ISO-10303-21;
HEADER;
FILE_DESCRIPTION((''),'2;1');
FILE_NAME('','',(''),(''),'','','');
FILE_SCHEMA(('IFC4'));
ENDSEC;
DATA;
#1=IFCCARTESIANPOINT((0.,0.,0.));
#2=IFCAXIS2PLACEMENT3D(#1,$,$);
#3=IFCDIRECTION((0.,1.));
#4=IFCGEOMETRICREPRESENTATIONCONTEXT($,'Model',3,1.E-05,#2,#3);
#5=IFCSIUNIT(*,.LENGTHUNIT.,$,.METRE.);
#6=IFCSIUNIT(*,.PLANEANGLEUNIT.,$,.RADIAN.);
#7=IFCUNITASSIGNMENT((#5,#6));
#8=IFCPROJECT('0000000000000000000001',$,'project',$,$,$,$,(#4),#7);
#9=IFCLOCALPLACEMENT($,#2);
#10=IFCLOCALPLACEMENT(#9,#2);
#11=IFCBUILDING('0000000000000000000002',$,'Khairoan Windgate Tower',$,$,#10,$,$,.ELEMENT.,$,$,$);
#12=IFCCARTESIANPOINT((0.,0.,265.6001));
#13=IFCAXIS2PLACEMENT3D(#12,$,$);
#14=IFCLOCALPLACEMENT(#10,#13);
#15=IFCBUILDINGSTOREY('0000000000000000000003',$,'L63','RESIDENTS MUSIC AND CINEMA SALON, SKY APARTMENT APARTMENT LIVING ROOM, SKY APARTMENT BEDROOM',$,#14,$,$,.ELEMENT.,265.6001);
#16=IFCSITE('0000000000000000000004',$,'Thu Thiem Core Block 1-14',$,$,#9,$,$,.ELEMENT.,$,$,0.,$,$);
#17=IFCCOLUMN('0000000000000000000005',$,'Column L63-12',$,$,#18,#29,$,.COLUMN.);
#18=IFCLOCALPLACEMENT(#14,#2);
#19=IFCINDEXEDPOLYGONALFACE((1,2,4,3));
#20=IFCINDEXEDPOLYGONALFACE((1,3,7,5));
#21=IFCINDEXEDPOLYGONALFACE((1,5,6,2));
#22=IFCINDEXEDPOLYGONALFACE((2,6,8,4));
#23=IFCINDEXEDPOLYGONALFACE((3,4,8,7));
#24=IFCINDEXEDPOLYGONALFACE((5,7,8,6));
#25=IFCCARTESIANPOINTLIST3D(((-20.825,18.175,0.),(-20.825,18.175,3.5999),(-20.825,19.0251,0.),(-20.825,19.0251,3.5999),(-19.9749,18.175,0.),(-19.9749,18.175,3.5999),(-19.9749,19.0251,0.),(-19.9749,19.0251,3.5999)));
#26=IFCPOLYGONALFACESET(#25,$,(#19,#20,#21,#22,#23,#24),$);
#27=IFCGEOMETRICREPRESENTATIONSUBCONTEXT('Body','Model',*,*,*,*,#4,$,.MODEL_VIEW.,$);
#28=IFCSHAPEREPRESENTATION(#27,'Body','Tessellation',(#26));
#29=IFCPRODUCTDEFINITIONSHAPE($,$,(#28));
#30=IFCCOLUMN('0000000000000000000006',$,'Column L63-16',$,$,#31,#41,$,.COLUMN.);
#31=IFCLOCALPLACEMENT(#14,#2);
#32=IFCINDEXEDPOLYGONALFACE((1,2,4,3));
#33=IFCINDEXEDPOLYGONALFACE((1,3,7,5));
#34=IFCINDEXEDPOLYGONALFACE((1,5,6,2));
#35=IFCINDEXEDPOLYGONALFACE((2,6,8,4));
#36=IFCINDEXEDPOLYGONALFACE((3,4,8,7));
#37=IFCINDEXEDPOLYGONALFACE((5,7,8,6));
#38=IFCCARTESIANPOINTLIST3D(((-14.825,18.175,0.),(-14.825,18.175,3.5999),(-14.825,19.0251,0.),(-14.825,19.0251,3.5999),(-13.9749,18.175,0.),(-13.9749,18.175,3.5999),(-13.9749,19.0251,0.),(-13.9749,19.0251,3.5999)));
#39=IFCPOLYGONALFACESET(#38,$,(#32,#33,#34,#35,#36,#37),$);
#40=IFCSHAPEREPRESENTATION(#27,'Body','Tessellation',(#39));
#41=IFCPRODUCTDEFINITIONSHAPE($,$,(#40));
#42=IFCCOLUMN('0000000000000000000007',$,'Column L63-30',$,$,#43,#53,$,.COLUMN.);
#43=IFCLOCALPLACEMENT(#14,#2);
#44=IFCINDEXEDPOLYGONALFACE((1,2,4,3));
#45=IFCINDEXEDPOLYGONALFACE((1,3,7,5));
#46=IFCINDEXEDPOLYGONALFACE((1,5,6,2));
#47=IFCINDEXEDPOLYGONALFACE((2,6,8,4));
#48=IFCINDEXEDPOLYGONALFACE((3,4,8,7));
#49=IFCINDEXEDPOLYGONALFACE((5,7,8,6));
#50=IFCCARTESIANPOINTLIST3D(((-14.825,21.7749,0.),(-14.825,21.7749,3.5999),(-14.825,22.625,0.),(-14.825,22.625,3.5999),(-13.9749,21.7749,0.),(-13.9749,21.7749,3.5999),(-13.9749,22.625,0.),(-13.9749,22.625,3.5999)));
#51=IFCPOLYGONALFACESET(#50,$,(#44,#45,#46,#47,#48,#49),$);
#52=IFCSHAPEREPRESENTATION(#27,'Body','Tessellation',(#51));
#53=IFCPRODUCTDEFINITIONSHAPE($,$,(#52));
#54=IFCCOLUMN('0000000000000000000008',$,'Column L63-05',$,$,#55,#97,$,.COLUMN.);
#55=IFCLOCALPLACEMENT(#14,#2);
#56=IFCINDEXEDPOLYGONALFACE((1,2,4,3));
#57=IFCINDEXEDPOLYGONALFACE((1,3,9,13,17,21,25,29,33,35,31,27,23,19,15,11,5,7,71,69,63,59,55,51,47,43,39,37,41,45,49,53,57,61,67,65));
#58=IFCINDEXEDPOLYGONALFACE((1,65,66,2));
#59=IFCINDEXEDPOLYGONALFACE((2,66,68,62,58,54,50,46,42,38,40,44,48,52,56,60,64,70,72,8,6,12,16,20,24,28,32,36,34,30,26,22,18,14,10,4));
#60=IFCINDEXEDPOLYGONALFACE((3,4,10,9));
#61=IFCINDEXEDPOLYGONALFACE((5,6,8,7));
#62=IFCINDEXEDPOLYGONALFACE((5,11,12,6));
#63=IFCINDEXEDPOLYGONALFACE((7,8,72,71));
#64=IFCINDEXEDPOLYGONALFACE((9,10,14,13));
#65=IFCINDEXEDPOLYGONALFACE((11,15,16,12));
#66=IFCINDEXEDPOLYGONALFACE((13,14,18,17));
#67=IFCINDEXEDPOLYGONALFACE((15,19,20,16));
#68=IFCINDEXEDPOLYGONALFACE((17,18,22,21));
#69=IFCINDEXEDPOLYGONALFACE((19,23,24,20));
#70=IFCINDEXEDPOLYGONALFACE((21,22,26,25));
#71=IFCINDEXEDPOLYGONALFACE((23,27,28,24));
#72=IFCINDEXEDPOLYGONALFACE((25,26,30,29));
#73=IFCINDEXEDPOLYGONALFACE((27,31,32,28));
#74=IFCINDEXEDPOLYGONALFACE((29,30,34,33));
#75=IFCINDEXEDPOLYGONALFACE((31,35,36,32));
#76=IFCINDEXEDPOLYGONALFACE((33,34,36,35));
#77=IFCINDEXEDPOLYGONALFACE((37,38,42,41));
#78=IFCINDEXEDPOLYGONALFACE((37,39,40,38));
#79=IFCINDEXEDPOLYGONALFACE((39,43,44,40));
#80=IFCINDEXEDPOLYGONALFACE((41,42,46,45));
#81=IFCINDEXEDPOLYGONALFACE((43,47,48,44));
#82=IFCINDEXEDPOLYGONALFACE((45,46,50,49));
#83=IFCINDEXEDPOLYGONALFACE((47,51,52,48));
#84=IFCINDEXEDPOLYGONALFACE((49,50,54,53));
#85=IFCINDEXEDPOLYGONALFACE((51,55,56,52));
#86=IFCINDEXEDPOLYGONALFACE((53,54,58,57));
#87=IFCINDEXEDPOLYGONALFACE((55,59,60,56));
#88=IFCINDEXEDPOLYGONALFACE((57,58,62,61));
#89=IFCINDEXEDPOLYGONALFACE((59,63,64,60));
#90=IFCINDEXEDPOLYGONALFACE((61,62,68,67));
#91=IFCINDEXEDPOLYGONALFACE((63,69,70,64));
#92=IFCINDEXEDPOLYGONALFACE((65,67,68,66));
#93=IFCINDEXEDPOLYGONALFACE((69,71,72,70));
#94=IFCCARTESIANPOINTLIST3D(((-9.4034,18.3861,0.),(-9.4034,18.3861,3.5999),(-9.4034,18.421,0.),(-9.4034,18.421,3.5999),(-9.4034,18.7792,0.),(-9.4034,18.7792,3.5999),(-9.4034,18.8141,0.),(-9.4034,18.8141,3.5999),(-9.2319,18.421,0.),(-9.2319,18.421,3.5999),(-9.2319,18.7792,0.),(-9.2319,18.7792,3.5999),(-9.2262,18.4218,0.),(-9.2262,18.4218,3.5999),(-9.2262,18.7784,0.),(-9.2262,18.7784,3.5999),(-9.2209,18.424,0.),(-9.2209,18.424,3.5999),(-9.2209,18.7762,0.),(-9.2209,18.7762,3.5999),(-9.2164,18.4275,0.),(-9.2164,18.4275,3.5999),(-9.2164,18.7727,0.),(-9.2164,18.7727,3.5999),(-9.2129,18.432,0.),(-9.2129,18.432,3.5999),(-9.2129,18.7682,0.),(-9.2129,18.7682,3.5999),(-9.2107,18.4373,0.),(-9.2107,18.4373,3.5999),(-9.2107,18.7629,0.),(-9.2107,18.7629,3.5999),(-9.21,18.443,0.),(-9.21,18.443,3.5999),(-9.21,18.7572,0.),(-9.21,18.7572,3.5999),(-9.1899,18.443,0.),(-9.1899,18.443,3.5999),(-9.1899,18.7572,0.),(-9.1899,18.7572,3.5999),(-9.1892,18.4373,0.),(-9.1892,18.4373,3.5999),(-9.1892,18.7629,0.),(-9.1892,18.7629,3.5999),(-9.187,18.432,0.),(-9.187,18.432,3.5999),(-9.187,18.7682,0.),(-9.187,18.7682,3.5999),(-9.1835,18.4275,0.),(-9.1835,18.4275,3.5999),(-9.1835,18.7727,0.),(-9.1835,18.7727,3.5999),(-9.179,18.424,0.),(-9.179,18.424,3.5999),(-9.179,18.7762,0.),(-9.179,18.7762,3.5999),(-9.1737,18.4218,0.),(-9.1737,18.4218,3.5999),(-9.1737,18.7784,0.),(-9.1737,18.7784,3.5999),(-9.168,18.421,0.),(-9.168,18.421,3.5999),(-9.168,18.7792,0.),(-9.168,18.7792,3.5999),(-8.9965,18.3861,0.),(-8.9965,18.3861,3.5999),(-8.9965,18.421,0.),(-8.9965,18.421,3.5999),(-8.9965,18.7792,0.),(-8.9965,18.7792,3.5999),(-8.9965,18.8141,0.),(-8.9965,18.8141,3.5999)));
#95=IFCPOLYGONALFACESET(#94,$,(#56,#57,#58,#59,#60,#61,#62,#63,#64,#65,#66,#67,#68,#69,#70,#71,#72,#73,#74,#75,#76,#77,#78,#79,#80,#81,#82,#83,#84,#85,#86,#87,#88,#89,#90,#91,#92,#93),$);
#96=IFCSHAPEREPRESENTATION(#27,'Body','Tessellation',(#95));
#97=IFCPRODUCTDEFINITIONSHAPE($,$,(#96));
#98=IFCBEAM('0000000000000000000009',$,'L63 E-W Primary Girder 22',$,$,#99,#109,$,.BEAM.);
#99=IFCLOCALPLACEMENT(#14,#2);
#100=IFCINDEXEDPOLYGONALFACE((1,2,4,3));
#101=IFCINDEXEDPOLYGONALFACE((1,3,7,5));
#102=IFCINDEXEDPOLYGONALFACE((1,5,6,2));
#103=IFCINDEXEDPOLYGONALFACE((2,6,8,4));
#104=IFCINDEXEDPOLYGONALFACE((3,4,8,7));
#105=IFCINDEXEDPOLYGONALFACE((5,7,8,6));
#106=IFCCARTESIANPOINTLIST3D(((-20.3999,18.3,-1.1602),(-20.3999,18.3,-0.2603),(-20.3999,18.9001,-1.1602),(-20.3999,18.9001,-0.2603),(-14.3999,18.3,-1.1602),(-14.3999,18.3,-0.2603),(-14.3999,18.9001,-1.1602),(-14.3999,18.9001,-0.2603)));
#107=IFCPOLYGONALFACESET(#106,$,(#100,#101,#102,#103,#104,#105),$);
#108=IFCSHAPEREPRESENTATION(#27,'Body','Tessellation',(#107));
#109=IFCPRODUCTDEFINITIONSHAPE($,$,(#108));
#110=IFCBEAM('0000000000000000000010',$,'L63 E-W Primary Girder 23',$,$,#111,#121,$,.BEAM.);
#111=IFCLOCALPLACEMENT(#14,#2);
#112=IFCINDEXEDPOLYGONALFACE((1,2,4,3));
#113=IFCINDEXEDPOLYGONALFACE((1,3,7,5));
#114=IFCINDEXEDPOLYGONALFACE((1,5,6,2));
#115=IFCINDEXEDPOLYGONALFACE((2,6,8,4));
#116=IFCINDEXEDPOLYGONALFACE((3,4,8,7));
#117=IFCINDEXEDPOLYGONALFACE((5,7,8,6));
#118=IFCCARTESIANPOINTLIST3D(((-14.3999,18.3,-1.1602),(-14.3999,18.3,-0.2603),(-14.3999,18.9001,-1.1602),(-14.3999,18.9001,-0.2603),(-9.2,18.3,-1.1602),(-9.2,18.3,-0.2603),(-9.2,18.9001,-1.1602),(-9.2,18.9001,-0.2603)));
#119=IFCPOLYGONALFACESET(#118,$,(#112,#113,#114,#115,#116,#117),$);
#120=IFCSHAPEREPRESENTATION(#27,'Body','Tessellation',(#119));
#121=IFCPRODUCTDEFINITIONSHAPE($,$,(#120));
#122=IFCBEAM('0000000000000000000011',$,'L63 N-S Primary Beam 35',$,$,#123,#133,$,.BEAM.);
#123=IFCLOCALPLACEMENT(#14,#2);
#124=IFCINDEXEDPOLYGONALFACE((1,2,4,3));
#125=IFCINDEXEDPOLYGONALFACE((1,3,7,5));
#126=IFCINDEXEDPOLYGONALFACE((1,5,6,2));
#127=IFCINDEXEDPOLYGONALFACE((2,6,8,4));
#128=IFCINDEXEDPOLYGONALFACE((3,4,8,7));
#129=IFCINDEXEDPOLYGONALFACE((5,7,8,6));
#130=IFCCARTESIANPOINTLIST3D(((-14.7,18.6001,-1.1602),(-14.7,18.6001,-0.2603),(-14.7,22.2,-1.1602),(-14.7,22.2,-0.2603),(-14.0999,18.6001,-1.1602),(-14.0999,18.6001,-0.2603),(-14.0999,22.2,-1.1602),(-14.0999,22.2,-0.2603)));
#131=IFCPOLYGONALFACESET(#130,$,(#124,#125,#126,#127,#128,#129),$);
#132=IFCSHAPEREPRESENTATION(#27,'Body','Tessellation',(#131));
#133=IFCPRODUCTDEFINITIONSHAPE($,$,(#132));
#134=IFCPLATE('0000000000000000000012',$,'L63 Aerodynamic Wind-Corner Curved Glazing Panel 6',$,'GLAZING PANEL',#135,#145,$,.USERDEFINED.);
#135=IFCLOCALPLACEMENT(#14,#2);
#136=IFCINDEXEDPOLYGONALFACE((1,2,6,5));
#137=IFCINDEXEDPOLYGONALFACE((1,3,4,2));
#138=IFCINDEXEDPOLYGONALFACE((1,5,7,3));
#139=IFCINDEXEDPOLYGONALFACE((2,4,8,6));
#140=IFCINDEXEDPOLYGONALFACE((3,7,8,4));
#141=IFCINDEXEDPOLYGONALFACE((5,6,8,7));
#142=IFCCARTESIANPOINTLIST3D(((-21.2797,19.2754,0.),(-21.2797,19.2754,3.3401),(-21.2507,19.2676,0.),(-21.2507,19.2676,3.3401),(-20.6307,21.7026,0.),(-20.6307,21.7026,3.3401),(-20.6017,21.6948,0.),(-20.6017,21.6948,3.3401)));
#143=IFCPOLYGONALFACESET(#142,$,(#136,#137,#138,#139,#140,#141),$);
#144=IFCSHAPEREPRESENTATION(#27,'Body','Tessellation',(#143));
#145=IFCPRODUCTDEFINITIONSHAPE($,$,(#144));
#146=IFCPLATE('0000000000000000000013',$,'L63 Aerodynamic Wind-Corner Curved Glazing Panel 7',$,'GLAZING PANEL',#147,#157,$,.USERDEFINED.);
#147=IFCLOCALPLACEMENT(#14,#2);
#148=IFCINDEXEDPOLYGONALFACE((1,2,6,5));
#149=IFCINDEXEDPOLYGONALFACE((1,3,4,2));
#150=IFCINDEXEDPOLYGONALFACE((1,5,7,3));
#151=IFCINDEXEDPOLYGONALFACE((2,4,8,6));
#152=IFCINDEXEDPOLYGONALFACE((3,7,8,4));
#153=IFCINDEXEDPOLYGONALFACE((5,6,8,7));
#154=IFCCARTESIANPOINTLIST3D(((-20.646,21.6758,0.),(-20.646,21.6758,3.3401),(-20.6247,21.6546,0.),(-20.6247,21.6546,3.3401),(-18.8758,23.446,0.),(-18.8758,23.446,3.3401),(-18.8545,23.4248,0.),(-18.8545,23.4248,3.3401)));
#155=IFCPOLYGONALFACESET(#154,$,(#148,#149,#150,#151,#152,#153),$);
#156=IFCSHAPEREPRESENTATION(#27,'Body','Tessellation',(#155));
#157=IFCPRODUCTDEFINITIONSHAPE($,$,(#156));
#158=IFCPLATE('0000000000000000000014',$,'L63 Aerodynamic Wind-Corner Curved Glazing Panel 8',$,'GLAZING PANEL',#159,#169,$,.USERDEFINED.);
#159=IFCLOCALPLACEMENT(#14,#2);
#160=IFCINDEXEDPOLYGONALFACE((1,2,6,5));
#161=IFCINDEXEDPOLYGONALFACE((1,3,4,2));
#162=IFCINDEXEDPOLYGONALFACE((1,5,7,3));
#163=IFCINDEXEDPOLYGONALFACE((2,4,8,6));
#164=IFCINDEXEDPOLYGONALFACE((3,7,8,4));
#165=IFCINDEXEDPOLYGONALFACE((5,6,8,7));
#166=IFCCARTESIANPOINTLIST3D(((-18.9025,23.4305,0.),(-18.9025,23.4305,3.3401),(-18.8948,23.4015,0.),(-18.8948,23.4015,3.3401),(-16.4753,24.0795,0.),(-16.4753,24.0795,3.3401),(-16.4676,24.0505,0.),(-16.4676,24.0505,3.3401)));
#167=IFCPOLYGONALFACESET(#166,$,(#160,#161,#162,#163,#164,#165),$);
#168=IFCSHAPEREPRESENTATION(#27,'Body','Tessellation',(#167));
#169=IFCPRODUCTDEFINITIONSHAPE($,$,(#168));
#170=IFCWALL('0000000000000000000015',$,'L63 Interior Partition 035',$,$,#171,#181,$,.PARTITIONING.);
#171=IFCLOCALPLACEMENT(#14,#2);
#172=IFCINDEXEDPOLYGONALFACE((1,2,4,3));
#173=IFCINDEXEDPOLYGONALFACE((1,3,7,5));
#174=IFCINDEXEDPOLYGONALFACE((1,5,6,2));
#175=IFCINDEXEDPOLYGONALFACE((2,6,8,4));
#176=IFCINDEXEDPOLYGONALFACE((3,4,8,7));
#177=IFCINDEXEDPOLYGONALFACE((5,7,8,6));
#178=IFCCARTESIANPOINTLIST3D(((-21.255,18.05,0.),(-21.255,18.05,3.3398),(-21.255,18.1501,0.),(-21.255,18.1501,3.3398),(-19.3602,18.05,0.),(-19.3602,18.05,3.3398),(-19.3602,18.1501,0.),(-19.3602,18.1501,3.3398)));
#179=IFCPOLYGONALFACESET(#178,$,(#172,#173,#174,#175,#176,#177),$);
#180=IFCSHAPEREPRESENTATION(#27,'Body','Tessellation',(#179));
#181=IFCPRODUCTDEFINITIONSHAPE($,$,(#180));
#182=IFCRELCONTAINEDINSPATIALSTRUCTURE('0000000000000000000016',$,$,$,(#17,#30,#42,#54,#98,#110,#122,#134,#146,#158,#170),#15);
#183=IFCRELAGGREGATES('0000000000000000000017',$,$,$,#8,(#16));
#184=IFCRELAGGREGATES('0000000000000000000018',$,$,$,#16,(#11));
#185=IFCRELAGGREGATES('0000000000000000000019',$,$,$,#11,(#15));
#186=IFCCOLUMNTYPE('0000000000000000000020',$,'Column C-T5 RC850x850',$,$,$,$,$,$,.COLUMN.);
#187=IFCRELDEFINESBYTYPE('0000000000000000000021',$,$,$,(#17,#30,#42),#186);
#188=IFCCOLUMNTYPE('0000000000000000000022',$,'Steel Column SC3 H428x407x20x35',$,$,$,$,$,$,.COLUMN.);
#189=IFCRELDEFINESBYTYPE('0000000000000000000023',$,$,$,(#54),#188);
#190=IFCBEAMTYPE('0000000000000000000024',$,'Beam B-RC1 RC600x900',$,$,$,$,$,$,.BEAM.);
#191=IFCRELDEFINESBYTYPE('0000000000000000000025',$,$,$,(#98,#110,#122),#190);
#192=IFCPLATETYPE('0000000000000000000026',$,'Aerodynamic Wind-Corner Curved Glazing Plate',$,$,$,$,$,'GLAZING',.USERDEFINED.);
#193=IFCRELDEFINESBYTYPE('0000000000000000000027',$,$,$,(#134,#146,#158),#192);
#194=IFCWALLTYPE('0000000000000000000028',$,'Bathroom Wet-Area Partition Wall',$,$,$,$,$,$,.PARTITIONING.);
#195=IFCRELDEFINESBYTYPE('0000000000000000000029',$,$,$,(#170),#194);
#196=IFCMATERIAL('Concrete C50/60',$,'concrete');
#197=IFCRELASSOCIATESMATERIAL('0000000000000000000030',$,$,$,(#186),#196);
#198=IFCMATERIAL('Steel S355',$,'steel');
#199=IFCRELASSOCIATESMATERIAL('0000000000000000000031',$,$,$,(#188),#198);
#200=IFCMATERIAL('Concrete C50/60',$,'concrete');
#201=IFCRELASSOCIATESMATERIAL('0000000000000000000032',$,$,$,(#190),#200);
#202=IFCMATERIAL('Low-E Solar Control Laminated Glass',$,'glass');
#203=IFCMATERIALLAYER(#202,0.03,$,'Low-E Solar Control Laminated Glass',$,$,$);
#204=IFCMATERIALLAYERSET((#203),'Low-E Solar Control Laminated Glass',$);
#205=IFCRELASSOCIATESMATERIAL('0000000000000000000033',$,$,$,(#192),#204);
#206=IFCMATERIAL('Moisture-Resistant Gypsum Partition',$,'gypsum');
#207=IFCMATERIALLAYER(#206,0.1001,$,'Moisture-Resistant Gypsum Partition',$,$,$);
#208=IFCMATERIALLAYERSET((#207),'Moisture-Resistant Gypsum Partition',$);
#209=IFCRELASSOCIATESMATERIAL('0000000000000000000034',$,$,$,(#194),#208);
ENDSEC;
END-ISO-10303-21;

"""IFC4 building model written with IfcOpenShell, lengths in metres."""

from ifc_helpers import new_model, si_unit, direction, frame, frame_2d, origin, origin_2d, place, context, subcontext, project, spatial, rectangle, i_section, extrude, material, layer, layer_set, material_profile, profile_set, type_object, element, save


model = new_model("IFC4")

# Units and contexts
model_context = context("Model", 3, precision=1e-05, world=origin(), true_north=direction((0.0, 1.0)))
body_context = subcontext(model_context, "Body", "Model", "MODEL_VIEW")
ifc_project = project(units=[si_unit("LENGTHUNIT", "METRE"), si_unit("PLANEANGLEUNIT", "RADIAN")], contexts=[model_context])

# Site, building, storey
site_placement = place(None, origin())
site = spatial("IfcSite", under=ifc_project, at=site_placement, Name="Thu Thiem Core Block 1-14", CompositionType="ELEMENT", RefElevation=0.0)
building_placement = place(site_placement, origin())
building = spatial("IfcBuilding", under=site, at=building_placement, Name="Khairoan Windgate Tower", CompositionType="ELEMENT")
storey_placement = place(building_placement, frame((0.0, 0.0, 265.6001)))
storey = spatial("IfcBuildingStorey", under=building, at=storey_placement, Name="L63", Description="RESIDENTS MUSIC AND CINEMA SALON, SKY APARTMENT APARTMENT LIVING ROOM, SKY APARTMENT BEDROOM", CompositionType="ELEMENT", Elevation=265.6001)

# Columns
ifc_material_1 = material(Name="Concrete C50/60", Category="concrete")
ifc_material_profile_1 = material_profile(ifc_material_1, rectangle(XDim=0.8501, YDim=0.8501, at=origin_2d()))
ifc_profile_set_1 = profile_set([ifc_material_profile_1], Name="Concrete C50/60")
column_type_1 = type_object("IfcColumnType", Name="Column C-T5 RC850x850", PredefinedType="COLUMN", material=ifc_profile_set_1)
for number, where, z_axis, x_axis, name in (
    (1, (-20.3999, 18.6001, 0.0), (0.0, 0.0, 1.0), (1.0, 0.0, 0.0), "Column L63-12"),
    (2, (-14.3999, 18.6001, 0.0), (0.0, 0.0, 1.0), (1.0, 0.0, 0.0), "Column L63-16"),
    (3, (-14.3999, 22.2, 0.0), (0.0, 0.0, 1.0), (1.0, 0.0, 0.0), "Column L63-30"),
):
    element("IfcColumn", number, at=place(storey_placement, frame(where, z_axis=z_axis, x_axis=x_axis)), inside=storey, type_object=column_type_1, Name=name, PredefinedType="COLUMN", context=body_context, shape_type="SweptSolid", body=[
        extrude(rectangle(XDim=0.8501, YDim=0.8501, at=origin_2d()), origin(), (0.0, 0.0, 1.0), 3.5999),
    ])
ifc_material_2 = material(Name="Steel S355", Category="steel")
ifc_material_profile_2 = material_profile(ifc_material_2, i_section(OverallWidth=0.407, OverallDepth=0.428, WebThickness=0.02, FlangeThickness=0.0349, FilletRadius=0.022, at=origin_2d()))
ifc_profile_set_2 = profile_set([ifc_material_profile_2], Name="Steel S355")
column_type_2 = type_object("IfcColumnType", Name="Steel Column SC3 H428x407x20x35", PredefinedType="COLUMN", material=ifc_profile_set_2)
column_placement = place(storey_placement, frame((-9.2, 18.6001, 0.0), z_axis=(0.0, 0.0, 1.0), x_axis=(1.0, 0.0, 0.0)))
element("IfcColumn", 4, at=column_placement, inside=storey, type_object=column_type_2, Name="Column L63-05", PredefinedType="COLUMN", context=body_context, shape_type="SweptSolid", body=[
    extrude(i_section(OverallWidth=0.407, OverallDepth=0.428, WebThickness=0.02, FlangeThickness=0.0349, FilletRadius=0.022, at=origin_2d()), origin(), (0.0, 0.0, 1.0), 3.5999),
])

# Beams
ifc_material_3 = material(Name="Concrete C50/60", Category="concrete")
ifc_material_profile_3 = material_profile(ifc_material_3, rectangle(XDim=0.6001, YDim=0.8999, at=origin_2d()))
ifc_profile_set_3 = profile_set([ifc_material_profile_3], Name="Concrete C50/60")
beam_type = type_object("IfcBeamType", Name="Beam B-RC1 RC600x900", PredefinedType="BEAM", material=ifc_profile_set_3)
beam_1_placement = place(storey_placement, frame((-20.3999, 18.6001, -0.7102), z_axis=(1.0, 0.0, 0.0), x_axis=(0.0, 1.0, 0.0)))
element("IfcBeam", 5, at=beam_1_placement, inside=storey, type_object=beam_type, Name="L63 E-W Primary Girder 22", PredefinedType="BEAM", context=body_context, shape_type="SweptSolid", body=[
    extrude(rectangle(XDim=0.6001, YDim=0.8999, at=origin_2d()), origin(), (0.0, 0.0, 1.0), 6.0),
])
beam_2_placement = place(storey_placement, frame((-14.3999, 18.6001, -0.7102), z_axis=(1.0, 0.0, 0.0), x_axis=(0.0, 1.0, 0.0)))
element("IfcBeam", 6, at=beam_2_placement, inside=storey, type_object=beam_type, Name="L63 E-W Primary Girder 23", PredefinedType="BEAM", context=body_context, shape_type="SweptSolid", body=[
    extrude(rectangle(XDim=0.6001, YDim=0.8999, at=origin_2d()), origin(), (0.0, 0.0, 1.0), 5.2),
])
beam_3_placement = place(storey_placement, frame((-14.3999, 18.6001, -0.7102), z_axis=(0.0, 1.0, 0.0), x_axis=(-1.0, 0.0, 0.0)))
element("IfcBeam", 7, at=beam_3_placement, inside=storey, type_object=beam_type, Name="L63 N-S Primary Beam 35", PredefinedType="BEAM", context=body_context, shape_type="SweptSolid", body=[
    extrude(rectangle(XDim=0.6001, YDim=0.8999, at=origin_2d()), origin(), (0.0, 0.0, 1.0), 3.5999),
])

# Plates
ifc_material_4 = material(Name="Low-E Solar Control Laminated Glass", Category="glass")
ifc_layer_1 = layer(ifc_material_4, 0.03, Name="Low-E Solar Control Laminated Glass")
ifc_layer_set_1 = layer_set([ifc_layer_1], Name="Low-E Solar Control Laminated Glass")
plate_type_1 = type_object("IfcPlateType", Name="Aerodynamic Wind-Corner Curved Glazing Plate", ElementType="GLAZING", PredefinedType="USERDEFINED", material=ifc_layer_set_1)
plate_1_placement = place(storey_placement, frame((-20.9407, 20.4851, 0.0), z_axis=(0.0, 0.0, 1.0), x_axis=(0.258313, 0.966061, 0.0)))
element("IfcPlate", 8, at=plate_1_placement, inside=storey, type_object=plate_type_1, Name="L63 Aerodynamic Wind-Corner Curved Glazing Panel 6", ObjectType="GLAZING PANEL", PredefinedType="USERDEFINED", context=body_context, shape_type="SweptSolid", body=[
    extrude(rectangle(XDim=2.5125, YDim=0.03, at=origin_2d()), origin(), (0.0, 0.0, 1.0), 3.3401),
])
plate_2_placement = place(storey_placement, frame((-19.7502, 22.5503, 0.0), z_axis=(0.0, 0.0, 1.0), x_axis=(0.707107, 0.707107, 0.0)))
element("IfcPlate", 9, at=plate_2_placement, inside=storey, type_object=plate_type_1, Name="L63 Aerodynamic Wind-Corner Curved Glazing Panel 7", ObjectType="GLAZING PANEL", PredefinedType="USERDEFINED", context=body_context, shape_type="SweptSolid", body=[
    extrude(rectangle(XDim=2.5034, YDim=0.03, at=origin_2d()), origin(), (0.0, 0.0, 1.0), 3.3401),
])
plate_3_placement = place(storey_placement, frame((-17.6851, 23.7405, 0.0), z_axis=(0.0, 0.0, 1.0), x_axis=(0.966061, 0.258313, 0.0)))
element("IfcPlate", 10, at=plate_3_placement, inside=storey, type_object=plate_type_1, Name="L63 Aerodynamic Wind-Corner Curved Glazing Panel 8", ObjectType="GLAZING PANEL", PredefinedType="USERDEFINED", context=body_context, shape_type="SweptSolid", body=[
    extrude(rectangle(XDim=2.5125, YDim=0.03, at=origin_2d()), origin(), (0.0, 0.0, 1.0), 3.3401),
])

# Wall
ifc_material_5 = material(Name="Moisture-Resistant Gypsum Partition", Category="gypsum")
ifc_layer_2 = layer(ifc_material_5, 0.1001, Name="Moisture-Resistant Gypsum Partition")
ifc_layer_set_2 = layer_set([ifc_layer_2], Name="Moisture-Resistant Gypsum Partition")
wall_type_1 = type_object("IfcWallType", Name="Bathroom Wet-Area Partition Wall", PredefinedType="PARTITIONING", material=ifc_layer_set_2)
wall_1_placement = place(storey_placement, frame((-21.2549, 18.1001, 0.0), z_axis=(0.0, 0.0, 1.0), x_axis=(1.0, 0.0, 0.0)))
element("IfcWall", 11, at=wall_1_placement, inside=storey, type_object=wall_type_1, Name="L63 Interior Partition 035", PredefinedType="PARTITIONING", context=body_context, shape_type="SweptSolid", body=[
    extrude(rectangle(XDim=1.8948, YDim=0.1001, at=frame_2d((0.9473, 0.0))), origin(), (0.0, 0.0, 1.0), 3.3398),
])

save(model, "model.ifc")
